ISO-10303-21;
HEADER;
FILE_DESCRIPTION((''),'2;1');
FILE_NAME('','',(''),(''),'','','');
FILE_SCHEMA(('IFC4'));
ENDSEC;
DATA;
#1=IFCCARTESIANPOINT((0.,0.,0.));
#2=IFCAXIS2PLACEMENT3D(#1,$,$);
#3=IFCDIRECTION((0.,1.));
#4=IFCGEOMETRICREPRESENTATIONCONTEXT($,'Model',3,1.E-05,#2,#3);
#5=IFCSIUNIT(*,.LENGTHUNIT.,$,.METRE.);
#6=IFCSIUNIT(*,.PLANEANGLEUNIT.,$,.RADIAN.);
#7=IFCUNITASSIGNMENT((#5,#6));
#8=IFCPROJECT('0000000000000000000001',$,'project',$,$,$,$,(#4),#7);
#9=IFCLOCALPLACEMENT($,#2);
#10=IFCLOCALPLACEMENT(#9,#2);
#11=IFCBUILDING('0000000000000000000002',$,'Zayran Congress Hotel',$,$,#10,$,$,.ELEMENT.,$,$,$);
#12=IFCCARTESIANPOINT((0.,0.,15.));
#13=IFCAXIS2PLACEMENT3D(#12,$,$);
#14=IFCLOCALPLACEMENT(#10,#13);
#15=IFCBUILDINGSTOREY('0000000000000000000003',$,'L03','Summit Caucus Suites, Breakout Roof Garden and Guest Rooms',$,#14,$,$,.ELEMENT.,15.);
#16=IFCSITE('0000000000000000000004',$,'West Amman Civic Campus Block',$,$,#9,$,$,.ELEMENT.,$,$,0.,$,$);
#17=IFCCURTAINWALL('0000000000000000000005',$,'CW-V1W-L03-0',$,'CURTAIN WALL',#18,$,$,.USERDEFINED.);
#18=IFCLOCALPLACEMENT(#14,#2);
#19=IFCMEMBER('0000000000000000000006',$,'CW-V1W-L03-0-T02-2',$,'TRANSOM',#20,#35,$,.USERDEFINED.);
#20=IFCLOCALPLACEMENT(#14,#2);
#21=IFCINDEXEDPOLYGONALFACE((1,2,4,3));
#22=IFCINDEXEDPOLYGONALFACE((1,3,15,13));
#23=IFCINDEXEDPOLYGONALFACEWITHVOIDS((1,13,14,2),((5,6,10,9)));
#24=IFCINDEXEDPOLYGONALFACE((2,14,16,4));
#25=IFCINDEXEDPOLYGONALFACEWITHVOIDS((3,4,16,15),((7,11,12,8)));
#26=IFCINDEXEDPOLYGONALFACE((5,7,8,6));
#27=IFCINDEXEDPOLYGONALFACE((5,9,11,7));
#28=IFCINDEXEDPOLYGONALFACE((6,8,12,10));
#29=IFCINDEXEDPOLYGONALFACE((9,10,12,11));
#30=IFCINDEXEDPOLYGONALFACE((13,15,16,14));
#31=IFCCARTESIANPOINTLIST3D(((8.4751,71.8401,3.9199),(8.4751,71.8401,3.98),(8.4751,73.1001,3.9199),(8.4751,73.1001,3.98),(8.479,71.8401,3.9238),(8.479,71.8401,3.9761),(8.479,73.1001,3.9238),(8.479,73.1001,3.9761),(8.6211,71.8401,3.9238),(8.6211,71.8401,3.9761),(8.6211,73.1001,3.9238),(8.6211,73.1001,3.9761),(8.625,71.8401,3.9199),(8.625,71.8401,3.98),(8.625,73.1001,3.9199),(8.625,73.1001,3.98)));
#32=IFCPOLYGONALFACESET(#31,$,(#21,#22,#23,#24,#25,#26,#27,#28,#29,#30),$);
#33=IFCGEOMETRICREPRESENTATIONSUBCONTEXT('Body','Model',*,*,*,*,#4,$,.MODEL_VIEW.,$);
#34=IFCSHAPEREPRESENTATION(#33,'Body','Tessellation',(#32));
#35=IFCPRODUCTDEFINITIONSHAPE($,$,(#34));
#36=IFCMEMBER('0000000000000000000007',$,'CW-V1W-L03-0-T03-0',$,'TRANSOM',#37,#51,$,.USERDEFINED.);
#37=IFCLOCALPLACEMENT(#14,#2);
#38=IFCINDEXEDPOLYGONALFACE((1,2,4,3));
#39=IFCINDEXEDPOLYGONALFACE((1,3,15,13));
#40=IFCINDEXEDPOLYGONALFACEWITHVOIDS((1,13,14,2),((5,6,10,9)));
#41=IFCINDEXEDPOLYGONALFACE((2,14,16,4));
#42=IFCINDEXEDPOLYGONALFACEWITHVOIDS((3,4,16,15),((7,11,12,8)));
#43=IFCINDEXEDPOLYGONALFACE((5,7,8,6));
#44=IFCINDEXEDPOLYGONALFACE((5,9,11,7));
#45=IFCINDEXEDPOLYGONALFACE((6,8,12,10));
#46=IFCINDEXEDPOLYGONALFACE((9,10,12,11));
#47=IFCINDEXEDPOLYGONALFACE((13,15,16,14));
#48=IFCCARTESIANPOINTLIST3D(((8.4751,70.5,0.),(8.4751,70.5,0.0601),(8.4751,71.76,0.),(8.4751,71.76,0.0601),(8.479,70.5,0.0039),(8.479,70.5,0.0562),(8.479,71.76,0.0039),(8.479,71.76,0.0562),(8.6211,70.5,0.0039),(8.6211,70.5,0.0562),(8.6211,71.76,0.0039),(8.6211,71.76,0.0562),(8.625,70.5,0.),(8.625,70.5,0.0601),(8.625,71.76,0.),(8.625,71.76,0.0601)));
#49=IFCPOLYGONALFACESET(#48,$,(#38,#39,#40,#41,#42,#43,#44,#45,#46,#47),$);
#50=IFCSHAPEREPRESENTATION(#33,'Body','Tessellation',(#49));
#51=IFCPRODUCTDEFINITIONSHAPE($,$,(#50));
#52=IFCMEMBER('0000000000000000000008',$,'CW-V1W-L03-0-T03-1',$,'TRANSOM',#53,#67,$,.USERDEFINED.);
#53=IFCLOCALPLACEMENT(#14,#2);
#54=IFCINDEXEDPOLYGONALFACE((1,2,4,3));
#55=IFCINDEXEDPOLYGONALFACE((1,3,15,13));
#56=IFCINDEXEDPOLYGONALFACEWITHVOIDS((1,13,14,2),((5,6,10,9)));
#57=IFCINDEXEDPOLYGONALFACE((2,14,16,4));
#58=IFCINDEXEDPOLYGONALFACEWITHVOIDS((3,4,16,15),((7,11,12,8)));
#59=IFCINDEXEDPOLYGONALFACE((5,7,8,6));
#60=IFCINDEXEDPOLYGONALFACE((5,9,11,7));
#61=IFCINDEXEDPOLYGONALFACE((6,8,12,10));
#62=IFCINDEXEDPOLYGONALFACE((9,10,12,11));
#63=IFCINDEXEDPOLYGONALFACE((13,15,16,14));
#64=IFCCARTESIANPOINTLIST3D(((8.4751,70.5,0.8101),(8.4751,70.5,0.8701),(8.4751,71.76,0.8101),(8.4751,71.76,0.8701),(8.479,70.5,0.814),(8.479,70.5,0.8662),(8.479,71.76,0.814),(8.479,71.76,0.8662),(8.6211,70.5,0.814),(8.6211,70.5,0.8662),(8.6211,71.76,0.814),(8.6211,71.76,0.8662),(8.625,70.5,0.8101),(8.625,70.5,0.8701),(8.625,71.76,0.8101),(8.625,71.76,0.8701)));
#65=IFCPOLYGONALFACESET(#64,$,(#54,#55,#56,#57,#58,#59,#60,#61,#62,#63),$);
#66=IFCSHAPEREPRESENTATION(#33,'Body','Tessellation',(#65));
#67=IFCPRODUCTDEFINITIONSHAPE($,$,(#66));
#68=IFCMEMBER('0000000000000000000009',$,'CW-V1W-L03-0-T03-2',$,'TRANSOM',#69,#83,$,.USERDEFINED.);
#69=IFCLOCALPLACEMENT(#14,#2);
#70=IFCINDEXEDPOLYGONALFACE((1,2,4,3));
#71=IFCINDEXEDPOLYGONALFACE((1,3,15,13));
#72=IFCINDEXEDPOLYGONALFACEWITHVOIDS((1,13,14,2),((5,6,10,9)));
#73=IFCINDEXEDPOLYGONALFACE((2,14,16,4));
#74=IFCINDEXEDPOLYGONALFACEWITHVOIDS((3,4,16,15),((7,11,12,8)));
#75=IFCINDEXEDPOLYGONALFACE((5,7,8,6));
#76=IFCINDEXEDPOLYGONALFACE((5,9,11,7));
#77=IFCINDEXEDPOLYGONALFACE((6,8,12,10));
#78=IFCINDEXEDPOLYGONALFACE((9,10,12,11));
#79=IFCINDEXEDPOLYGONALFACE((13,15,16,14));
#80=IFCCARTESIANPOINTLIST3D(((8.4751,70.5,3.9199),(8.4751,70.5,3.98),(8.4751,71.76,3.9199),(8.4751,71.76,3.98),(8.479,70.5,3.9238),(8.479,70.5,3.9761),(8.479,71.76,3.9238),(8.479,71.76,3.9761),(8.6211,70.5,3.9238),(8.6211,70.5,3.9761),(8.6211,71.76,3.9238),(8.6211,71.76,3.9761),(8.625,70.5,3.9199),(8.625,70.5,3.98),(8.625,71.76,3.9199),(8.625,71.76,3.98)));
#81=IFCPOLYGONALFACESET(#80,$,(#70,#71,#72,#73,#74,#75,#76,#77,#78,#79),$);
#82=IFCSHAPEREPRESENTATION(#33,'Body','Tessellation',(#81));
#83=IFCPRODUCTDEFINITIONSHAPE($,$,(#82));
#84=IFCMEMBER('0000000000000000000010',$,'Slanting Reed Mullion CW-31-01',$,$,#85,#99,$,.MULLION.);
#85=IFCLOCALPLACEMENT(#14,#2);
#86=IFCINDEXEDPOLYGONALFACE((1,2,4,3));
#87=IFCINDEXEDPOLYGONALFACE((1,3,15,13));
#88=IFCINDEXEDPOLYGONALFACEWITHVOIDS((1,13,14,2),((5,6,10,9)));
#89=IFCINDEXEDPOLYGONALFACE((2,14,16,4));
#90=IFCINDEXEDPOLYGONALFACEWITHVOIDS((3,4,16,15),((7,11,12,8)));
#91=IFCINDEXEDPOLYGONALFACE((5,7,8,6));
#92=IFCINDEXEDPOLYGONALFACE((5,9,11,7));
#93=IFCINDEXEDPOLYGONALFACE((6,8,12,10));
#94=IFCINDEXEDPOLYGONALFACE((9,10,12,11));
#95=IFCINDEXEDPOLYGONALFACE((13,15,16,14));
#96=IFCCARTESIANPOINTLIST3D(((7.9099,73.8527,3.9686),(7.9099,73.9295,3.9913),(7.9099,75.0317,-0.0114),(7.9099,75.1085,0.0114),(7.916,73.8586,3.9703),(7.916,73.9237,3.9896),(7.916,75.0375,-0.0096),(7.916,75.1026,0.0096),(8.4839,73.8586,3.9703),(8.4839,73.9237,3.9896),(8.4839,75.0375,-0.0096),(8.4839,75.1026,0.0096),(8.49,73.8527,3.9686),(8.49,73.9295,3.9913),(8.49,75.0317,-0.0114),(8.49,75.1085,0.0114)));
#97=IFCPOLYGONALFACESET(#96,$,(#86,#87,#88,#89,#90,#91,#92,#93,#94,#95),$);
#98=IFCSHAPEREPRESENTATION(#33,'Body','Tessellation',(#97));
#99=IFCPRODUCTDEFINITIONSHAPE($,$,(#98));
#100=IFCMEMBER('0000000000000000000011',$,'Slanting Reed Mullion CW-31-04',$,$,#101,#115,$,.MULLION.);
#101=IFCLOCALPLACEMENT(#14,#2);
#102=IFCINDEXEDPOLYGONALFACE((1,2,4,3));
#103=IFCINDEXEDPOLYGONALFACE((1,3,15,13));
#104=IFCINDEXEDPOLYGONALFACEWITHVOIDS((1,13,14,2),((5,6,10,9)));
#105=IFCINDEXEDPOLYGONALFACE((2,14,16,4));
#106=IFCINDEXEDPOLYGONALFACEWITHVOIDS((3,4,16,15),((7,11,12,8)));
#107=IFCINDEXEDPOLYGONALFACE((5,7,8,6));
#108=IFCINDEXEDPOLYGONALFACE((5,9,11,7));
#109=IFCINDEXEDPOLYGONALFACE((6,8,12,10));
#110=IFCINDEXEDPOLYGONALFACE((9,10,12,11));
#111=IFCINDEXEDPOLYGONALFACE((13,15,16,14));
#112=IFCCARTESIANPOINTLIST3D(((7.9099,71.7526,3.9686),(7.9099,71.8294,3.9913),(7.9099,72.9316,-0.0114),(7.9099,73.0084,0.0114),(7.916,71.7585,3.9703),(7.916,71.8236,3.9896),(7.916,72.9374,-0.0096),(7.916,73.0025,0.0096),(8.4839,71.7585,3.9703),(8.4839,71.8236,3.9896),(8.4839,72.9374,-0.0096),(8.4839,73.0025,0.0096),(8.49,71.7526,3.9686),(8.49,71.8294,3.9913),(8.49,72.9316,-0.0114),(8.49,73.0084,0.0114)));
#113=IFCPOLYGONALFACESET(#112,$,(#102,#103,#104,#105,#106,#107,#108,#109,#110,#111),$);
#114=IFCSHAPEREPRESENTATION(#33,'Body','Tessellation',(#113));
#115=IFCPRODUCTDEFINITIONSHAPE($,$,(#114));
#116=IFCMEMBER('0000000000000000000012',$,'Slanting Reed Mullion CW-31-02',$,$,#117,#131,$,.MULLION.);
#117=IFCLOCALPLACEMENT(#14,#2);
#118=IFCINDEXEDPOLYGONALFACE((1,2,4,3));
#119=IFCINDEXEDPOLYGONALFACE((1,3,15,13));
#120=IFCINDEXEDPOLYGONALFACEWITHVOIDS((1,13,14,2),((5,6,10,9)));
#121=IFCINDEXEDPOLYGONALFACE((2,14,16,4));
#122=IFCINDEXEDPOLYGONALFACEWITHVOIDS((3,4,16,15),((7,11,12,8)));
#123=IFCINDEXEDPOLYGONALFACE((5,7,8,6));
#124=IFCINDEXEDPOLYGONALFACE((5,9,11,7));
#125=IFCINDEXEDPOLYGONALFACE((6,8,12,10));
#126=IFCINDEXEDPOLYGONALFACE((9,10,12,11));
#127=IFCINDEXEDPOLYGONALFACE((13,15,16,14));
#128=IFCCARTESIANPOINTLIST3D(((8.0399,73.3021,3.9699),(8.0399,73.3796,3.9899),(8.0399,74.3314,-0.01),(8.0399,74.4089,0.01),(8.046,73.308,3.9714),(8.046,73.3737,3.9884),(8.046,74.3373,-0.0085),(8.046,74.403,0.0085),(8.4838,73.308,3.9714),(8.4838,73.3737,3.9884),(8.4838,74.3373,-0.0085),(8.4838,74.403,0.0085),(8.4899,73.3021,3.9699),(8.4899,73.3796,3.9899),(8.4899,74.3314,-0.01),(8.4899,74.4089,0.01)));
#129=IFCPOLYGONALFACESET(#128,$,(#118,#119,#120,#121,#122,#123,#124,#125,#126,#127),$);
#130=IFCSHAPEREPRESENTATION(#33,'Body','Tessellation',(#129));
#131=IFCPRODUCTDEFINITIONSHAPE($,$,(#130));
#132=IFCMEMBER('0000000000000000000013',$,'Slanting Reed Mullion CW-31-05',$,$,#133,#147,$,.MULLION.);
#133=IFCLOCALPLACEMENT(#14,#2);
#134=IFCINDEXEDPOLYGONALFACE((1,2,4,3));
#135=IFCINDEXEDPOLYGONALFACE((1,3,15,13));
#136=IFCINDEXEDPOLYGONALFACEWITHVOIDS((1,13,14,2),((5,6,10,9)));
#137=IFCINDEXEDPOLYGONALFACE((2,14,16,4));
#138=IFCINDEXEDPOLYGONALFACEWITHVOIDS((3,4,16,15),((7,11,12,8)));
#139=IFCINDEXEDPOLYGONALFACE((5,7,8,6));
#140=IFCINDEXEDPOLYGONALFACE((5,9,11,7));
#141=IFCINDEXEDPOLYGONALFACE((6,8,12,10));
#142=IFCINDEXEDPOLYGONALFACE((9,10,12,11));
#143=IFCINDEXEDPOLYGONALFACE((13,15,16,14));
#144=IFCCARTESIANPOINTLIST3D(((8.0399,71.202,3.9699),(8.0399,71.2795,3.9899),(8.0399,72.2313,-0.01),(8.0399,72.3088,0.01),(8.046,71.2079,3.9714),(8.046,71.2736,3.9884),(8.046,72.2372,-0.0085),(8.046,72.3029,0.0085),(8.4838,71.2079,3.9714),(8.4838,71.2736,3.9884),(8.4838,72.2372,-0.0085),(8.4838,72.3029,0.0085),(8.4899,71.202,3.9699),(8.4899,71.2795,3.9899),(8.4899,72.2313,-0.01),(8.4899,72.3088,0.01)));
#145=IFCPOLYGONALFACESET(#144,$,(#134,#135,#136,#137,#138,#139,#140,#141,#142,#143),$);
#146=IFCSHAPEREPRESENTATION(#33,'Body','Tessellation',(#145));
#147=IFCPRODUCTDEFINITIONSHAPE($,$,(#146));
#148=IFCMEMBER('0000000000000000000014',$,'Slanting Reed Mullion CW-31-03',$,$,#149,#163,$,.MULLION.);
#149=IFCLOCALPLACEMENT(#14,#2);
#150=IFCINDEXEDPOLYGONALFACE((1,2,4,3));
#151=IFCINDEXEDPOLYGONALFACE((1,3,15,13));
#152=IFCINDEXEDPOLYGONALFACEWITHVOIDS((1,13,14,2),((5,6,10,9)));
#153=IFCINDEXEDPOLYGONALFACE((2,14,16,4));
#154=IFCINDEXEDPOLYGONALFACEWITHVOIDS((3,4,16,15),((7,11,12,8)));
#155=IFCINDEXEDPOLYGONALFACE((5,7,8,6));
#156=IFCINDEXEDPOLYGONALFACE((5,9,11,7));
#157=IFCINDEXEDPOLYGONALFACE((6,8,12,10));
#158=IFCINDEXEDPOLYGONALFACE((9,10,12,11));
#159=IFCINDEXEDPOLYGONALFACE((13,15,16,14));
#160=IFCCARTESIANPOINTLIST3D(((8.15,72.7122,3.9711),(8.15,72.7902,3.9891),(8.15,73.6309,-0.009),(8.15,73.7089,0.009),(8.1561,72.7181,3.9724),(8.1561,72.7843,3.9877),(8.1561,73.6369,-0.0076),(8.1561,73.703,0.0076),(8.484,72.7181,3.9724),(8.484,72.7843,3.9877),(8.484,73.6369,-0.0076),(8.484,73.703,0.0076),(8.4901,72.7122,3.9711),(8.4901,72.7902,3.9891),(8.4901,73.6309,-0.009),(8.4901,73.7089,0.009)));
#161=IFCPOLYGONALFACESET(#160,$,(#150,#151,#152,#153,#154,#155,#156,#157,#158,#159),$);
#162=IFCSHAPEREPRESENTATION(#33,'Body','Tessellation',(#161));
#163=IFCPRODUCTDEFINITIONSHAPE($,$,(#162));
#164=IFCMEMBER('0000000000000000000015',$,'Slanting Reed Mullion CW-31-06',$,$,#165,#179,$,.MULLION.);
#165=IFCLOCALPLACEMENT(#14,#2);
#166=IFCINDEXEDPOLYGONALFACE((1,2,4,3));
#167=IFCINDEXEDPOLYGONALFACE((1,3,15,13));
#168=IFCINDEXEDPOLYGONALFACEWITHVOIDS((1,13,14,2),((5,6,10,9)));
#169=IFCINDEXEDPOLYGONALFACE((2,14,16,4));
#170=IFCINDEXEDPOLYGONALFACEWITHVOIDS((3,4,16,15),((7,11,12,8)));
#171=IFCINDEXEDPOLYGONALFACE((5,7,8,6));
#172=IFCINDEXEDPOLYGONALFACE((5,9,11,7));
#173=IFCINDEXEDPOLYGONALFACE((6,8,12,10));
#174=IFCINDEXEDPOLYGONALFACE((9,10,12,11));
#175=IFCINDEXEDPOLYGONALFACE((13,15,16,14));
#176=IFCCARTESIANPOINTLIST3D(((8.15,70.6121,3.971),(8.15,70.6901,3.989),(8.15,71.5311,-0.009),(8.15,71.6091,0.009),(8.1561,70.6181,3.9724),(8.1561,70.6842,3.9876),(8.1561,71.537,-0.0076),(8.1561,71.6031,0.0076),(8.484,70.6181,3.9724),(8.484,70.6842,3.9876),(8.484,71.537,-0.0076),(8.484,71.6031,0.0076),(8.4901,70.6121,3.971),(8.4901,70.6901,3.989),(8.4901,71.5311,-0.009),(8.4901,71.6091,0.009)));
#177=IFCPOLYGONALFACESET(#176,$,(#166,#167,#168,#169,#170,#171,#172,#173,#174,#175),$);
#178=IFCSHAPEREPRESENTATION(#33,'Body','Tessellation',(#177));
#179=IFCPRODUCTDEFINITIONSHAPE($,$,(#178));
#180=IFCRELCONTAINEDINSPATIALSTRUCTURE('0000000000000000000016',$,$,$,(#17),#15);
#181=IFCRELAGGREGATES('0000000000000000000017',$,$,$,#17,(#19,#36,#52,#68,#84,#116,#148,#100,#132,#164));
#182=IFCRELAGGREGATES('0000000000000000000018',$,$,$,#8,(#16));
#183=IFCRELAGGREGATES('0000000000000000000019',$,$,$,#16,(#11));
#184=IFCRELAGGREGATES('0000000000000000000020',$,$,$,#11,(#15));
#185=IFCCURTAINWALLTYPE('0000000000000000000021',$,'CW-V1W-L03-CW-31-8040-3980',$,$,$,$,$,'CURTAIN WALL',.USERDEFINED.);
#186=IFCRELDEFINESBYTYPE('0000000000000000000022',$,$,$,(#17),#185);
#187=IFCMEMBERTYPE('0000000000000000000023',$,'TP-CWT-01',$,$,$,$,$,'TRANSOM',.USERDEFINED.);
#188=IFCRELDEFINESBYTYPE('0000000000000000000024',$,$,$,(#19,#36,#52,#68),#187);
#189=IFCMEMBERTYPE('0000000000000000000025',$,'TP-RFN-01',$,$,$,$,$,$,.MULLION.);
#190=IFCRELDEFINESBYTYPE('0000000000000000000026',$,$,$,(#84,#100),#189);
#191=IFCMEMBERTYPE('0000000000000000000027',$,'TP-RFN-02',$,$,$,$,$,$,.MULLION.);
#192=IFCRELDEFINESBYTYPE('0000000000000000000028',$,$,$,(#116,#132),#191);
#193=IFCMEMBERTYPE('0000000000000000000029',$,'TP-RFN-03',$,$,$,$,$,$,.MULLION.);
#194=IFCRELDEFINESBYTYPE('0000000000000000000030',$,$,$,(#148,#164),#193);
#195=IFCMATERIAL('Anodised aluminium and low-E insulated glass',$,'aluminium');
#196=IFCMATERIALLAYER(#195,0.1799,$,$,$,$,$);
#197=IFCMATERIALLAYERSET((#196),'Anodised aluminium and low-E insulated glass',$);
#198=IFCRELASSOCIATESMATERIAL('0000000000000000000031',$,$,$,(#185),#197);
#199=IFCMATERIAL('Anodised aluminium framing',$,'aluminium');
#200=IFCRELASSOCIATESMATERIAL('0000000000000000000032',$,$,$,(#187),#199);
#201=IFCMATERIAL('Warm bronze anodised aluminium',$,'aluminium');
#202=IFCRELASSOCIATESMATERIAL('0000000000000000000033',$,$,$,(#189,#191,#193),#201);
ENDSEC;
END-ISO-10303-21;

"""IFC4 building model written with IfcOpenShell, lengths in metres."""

from ifc_helpers import new_model, si_unit, direction, frame, origin, origin_2d, place, context, subcontext, project, spatial, hollow_rectangle, extrude, material, layer, layer_set, material_profile, profile_set, type_object, element, aggregate, save


model = new_model("IFC4")

# Units and contexts
model_context = context("Model", 3, precision=1e-05, world=origin(), true_north=direction((0.0, 1.0)))
body_context = subcontext(model_context, "Body", "Model", "MODEL_VIEW")
ifc_project = project(units=[si_unit("LENGTHUNIT", "METRE"), si_unit("PLANEANGLEUNIT", "RADIAN")], contexts=[model_context])

# Site, building, storey
site_placement = place(None, origin())
site = spatial("IfcSite", under=ifc_project, at=site_placement, Name="West Amman Civic Campus Block", CompositionType="ELEMENT", RefElevation=0.0)
building_placement = place(site_placement, origin())
building = spatial("IfcBuilding", under=site, at=building_placement, Name="Zayran Congress Hotel", CompositionType="ELEMENT")
storey_placement = place(building_placement, frame((0.0, 0.0, 15.0)))
storey = spatial("IfcBuildingStorey", under=building, at=storey_placement, Name="L03", Description="Summit Caucus Suites, Breakout Roof Garden and Guest Rooms", CompositionType="ELEMENT", Elevation=15.0)

# Curtain wall, members
ifc_material_1 = material(Name="Anodised aluminium and low-E insulated glass", Category="aluminium")
ifc_layer_1 = layer(ifc_material_1, 0.1799)
ifc_layer_set_1 = layer_set([ifc_layer_1], Name="Anodised aluminium and low-E insulated glass")
curtain_wall_type = type_object("IfcCurtainWallType", Name="CW-V1W-L03-CW-31-8040-3980", ElementType="CURTAIN WALL", PredefinedType="USERDEFINED", material=ifc_layer_set_1)
curtain_wall_placement = place(storey_placement, origin())
curtain_wall = element("IfcCurtainWall", 1, at=curtain_wall_placement, inside=storey, type_object=curtain_wall_type, Name="CW-V1W-L03-0", ObjectType="CURTAIN WALL", PredefinedType="USERDEFINED")
ifc_material_2 = material(Name="Anodised aluminium framing", Category="aluminium")
ifc_material_profile_1 = material_profile(ifc_material_2, hollow_rectangle(XDim=0.0601, YDim=0.1499, WallThickness=0.0039, at=origin_2d()), Name="RHS 150x60x4")
ifc_profile_set_1 = profile_set([ifc_material_profile_1], Name="Anodised aluminium framing")
member_type_1 = type_object("IfcMemberType", Name="TP-CWT-01", ElementType="TRANSOM", PredefinedType="USERDEFINED", material=ifc_profile_set_1)
member_1_placement = place(storey_placement, frame((8.55, 73.1001, 3.95), z_axis=(0.0, -1.0, 0.0), x_axis=(0.0, 0.0, 1.0)))
member_1 = element("IfcMember", 2, at=member_1_placement, type_object=member_type_1, Name="CW-V1W-L03-0-T02-2", ObjectType="TRANSOM", PredefinedType="USERDEFINED", context=body_context, shape_type="SweptSolid", body=[
    extrude(hollow_rectangle(XDim=0.0601, YDim=0.1499, WallThickness=0.0039, at=origin_2d()), origin(), (0.0, 0.0, 1.0), 1.26),
])
member_2_placement = place(storey_placement, frame((8.55, 71.76, 0.03), z_axis=(0.0, -1.0, 0.0), x_axis=(0.0, 0.0, 1.0)))
member_2 = element("IfcMember", 3, at=member_2_placement, type_object=member_type_1, Name="CW-V1W-L03-0-T03-0", ObjectType="TRANSOM", PredefinedType="USERDEFINED", context=body_context, shape_type="SweptSolid", body=[
    extrude(hollow_rectangle(XDim=0.0601, YDim=0.1499, WallThickness=0.0039, at=origin_2d()), origin(), (0.0, 0.0, 1.0), 1.26),
])
member_3_placement = place(storey_placement, frame((8.55, 71.76, 0.8401), z_axis=(0.0, -1.0, 0.0), x_axis=(0.0, 0.0, 1.0)))
member_3 = element("IfcMember", 4, at=member_3_placement, type_object=member_type_1, Name="CW-V1W-L03-0-T03-1", ObjectType="TRANSOM", PredefinedType="USERDEFINED", context=body_context, shape_type="SweptSolid", body=[
    extrude(hollow_rectangle(XDim=0.0601, YDim=0.1499, WallThickness=0.0039, at=origin_2d()), origin(), (0.0, 0.0, 1.0), 1.26),
])
member_4_placement = place(storey_placement, frame((8.55, 71.76, 3.95), z_axis=(0.0, -1.0, 0.0), x_axis=(0.0, 0.0, 1.0)))
member_4 = element("IfcMember", 5, at=member_4_placement, type_object=member_type_1, Name="CW-V1W-L03-0-T03-2", ObjectType="TRANSOM", PredefinedType="USERDEFINED", context=body_context, shape_type="SweptSolid", body=[
    extrude(hollow_rectangle(XDim=0.0601, YDim=0.1499, WallThickness=0.0039, at=origin_2d()), origin(), (0.0, 0.0, 1.0), 1.26),
])
ifc_material_3 = material(Name="Warm bronze anodised aluminium", Category="aluminium")
ifc_material_profile_2 = material_profile(ifc_material_3, hollow_rectangle(XDim=0.0801, YDim=0.5801, WallThickness=0.0061, at=origin_2d()), Name="RHS 580x80x6")
ifc_profile_set_2 = profile_set([ifc_material_profile_2], Name="Warm bronze anodised aluminium")
member_type_2 = type_object("IfcMemberType", Name="TP-RFN-01", PredefinedType="MULLION", material=ifc_profile_set_2)
member_5_placement = place(storey_placement, frame((8.2, 75.0701, 0.0), z_axis=(0.0, -0.284022, 0.958818), x_axis=(0.0, 0.958818, 0.284022)))
member_5 = element("IfcMember", 6, at=member_5_placement, type_object=member_type_2, Name="Slanting Reed Mullion CW-31-01", PredefinedType="MULLION", context=body_context, shape_type="SweptSolid", body=[
    extrude(hollow_rectangle(XDim=0.0801, YDim=0.5801, WallThickness=0.0061, at=origin_2d()), origin(), (0.0, 0.0, 1.0), 4.1509),
])
member_6_placement = place(storey_placement, frame((8.2, 72.97, 0.0), z_axis=(0.0, -0.284022, 0.958818), x_axis=(0.0, 0.958818, 0.284022)))
member_6 = element("IfcMember", 7, at=member_6_placement, type_object=member_type_2, Name="Slanting Reed Mullion CW-31-04", PredefinedType="MULLION", context=body_context, shape_type="SweptSolid", body=[
    extrude(hollow_rectangle(XDim=0.0801, YDim=0.5801, WallThickness=0.0061, at=origin_2d()), origin(), (0.0, 0.0, 1.0), 4.1509),
])
ifc_material_profile_3 = material_profile(ifc_material_3, hollow_rectangle(XDim=0.0801, YDim=0.45, WallThickness=0.0061, at=origin_2d()), Name="RHS 450x80x6")
ifc_profile_set_3 = profile_set([ifc_material_profile_3], Name="Warm bronze anodised aluminium")
member_type_3 = type_object("IfcMemberType", Name="TP-RFN-02", PredefinedType="MULLION", material=ifc_profile_set_3)
member_7_placement = place(storey_placement, frame((8.2649, 74.3701, 0.0), z_axis=(0.0, -0.250381, 0.968147), x_axis=(0.0, 0.968147, 0.250381)))
member_7 = element("IfcMember", 8, at=member_7_placement, type_object=member_type_3, Name="Slanting Reed Mullion CW-31-02", PredefinedType="MULLION", context=body_context, shape_type="SweptSolid", body=[
    extrude(hollow_rectangle(XDim=0.0801, YDim=0.45, WallThickness=0.0061, at=origin_2d()), origin(), (0.0, 0.0, 1.0), 4.1108),
])
member_8_placement = place(storey_placement, frame((8.2649, 72.27, 0.0), z_axis=(0.0, -0.250381, 0.968147), x_axis=(0.0, 0.968147, 0.250381)))
member_8 = element("IfcMember", 9, at=member_8_placement, type_object=member_type_3, Name="Slanting Reed Mullion CW-31-05", PredefinedType="MULLION", context=body_context, shape_type="SweptSolid", body=[
    extrude(hollow_rectangle(XDim=0.0801, YDim=0.45, WallThickness=0.0061, at=origin_2d()), origin(), (0.0, 0.0, 1.0), 4.1108),
])
ifc_material_profile_4 = material_profile(ifc_material_3, hollow_rectangle(XDim=0.0801, YDim=0.3401, WallThickness=0.0061, at=origin_2d()), Name="RHS 340x80x6")
ifc_profile_set_4 = profile_set([ifc_material_profile_4], Name="Warm bronze anodised aluminium")
member_type_4 = type_object("IfcMemberType", Name="TP-RFN-03", PredefinedType="MULLION", material=ifc_profile_set_4)
member_9_placement = place(storey_placement, frame((8.3201, 73.6699, 0.0), z_axis=(0.0, -0.224916, 0.974378), x_axis=(0.0, 0.974378, 0.224916)))
member_9 = element("IfcMember", 10, at=member_9_placement, type_object=member_type_4, Name="Slanting Reed Mullion CW-31-03", PredefinedType="MULLION", context=body_context, shape_type="SweptSolid", body=[
    extrude(hollow_rectangle(XDim=0.0801, YDim=0.3401, WallThickness=0.0061, at=origin_2d()), origin(), (0.0, 0.0, 1.0), 4.0847),
])
member_10_placement = place(storey_placement, frame((8.3201, 71.5701, 0.0), z_axis=(0.0, -0.224973, 0.974365), x_axis=(0.0, 0.974365, 0.224973)))
member_10 = element("IfcMember", 11, at=member_10_placement, type_object=member_type_4, Name="Slanting Reed Mullion CW-31-06", PredefinedType="MULLION", context=body_context, shape_type="SweptSolid", body=[
    extrude(hollow_rectangle(XDim=0.0801, YDim=0.3401, WallThickness=0.0061, at=origin_2d()), origin(), (0.0, 0.0, 1.0), 4.0847),
])
aggregate(curtain_wall, [member_1, member_2, member_3, member_4, member_5, member_7, member_9, member_6, member_8, member_10])

save(model, "model.ifc")
